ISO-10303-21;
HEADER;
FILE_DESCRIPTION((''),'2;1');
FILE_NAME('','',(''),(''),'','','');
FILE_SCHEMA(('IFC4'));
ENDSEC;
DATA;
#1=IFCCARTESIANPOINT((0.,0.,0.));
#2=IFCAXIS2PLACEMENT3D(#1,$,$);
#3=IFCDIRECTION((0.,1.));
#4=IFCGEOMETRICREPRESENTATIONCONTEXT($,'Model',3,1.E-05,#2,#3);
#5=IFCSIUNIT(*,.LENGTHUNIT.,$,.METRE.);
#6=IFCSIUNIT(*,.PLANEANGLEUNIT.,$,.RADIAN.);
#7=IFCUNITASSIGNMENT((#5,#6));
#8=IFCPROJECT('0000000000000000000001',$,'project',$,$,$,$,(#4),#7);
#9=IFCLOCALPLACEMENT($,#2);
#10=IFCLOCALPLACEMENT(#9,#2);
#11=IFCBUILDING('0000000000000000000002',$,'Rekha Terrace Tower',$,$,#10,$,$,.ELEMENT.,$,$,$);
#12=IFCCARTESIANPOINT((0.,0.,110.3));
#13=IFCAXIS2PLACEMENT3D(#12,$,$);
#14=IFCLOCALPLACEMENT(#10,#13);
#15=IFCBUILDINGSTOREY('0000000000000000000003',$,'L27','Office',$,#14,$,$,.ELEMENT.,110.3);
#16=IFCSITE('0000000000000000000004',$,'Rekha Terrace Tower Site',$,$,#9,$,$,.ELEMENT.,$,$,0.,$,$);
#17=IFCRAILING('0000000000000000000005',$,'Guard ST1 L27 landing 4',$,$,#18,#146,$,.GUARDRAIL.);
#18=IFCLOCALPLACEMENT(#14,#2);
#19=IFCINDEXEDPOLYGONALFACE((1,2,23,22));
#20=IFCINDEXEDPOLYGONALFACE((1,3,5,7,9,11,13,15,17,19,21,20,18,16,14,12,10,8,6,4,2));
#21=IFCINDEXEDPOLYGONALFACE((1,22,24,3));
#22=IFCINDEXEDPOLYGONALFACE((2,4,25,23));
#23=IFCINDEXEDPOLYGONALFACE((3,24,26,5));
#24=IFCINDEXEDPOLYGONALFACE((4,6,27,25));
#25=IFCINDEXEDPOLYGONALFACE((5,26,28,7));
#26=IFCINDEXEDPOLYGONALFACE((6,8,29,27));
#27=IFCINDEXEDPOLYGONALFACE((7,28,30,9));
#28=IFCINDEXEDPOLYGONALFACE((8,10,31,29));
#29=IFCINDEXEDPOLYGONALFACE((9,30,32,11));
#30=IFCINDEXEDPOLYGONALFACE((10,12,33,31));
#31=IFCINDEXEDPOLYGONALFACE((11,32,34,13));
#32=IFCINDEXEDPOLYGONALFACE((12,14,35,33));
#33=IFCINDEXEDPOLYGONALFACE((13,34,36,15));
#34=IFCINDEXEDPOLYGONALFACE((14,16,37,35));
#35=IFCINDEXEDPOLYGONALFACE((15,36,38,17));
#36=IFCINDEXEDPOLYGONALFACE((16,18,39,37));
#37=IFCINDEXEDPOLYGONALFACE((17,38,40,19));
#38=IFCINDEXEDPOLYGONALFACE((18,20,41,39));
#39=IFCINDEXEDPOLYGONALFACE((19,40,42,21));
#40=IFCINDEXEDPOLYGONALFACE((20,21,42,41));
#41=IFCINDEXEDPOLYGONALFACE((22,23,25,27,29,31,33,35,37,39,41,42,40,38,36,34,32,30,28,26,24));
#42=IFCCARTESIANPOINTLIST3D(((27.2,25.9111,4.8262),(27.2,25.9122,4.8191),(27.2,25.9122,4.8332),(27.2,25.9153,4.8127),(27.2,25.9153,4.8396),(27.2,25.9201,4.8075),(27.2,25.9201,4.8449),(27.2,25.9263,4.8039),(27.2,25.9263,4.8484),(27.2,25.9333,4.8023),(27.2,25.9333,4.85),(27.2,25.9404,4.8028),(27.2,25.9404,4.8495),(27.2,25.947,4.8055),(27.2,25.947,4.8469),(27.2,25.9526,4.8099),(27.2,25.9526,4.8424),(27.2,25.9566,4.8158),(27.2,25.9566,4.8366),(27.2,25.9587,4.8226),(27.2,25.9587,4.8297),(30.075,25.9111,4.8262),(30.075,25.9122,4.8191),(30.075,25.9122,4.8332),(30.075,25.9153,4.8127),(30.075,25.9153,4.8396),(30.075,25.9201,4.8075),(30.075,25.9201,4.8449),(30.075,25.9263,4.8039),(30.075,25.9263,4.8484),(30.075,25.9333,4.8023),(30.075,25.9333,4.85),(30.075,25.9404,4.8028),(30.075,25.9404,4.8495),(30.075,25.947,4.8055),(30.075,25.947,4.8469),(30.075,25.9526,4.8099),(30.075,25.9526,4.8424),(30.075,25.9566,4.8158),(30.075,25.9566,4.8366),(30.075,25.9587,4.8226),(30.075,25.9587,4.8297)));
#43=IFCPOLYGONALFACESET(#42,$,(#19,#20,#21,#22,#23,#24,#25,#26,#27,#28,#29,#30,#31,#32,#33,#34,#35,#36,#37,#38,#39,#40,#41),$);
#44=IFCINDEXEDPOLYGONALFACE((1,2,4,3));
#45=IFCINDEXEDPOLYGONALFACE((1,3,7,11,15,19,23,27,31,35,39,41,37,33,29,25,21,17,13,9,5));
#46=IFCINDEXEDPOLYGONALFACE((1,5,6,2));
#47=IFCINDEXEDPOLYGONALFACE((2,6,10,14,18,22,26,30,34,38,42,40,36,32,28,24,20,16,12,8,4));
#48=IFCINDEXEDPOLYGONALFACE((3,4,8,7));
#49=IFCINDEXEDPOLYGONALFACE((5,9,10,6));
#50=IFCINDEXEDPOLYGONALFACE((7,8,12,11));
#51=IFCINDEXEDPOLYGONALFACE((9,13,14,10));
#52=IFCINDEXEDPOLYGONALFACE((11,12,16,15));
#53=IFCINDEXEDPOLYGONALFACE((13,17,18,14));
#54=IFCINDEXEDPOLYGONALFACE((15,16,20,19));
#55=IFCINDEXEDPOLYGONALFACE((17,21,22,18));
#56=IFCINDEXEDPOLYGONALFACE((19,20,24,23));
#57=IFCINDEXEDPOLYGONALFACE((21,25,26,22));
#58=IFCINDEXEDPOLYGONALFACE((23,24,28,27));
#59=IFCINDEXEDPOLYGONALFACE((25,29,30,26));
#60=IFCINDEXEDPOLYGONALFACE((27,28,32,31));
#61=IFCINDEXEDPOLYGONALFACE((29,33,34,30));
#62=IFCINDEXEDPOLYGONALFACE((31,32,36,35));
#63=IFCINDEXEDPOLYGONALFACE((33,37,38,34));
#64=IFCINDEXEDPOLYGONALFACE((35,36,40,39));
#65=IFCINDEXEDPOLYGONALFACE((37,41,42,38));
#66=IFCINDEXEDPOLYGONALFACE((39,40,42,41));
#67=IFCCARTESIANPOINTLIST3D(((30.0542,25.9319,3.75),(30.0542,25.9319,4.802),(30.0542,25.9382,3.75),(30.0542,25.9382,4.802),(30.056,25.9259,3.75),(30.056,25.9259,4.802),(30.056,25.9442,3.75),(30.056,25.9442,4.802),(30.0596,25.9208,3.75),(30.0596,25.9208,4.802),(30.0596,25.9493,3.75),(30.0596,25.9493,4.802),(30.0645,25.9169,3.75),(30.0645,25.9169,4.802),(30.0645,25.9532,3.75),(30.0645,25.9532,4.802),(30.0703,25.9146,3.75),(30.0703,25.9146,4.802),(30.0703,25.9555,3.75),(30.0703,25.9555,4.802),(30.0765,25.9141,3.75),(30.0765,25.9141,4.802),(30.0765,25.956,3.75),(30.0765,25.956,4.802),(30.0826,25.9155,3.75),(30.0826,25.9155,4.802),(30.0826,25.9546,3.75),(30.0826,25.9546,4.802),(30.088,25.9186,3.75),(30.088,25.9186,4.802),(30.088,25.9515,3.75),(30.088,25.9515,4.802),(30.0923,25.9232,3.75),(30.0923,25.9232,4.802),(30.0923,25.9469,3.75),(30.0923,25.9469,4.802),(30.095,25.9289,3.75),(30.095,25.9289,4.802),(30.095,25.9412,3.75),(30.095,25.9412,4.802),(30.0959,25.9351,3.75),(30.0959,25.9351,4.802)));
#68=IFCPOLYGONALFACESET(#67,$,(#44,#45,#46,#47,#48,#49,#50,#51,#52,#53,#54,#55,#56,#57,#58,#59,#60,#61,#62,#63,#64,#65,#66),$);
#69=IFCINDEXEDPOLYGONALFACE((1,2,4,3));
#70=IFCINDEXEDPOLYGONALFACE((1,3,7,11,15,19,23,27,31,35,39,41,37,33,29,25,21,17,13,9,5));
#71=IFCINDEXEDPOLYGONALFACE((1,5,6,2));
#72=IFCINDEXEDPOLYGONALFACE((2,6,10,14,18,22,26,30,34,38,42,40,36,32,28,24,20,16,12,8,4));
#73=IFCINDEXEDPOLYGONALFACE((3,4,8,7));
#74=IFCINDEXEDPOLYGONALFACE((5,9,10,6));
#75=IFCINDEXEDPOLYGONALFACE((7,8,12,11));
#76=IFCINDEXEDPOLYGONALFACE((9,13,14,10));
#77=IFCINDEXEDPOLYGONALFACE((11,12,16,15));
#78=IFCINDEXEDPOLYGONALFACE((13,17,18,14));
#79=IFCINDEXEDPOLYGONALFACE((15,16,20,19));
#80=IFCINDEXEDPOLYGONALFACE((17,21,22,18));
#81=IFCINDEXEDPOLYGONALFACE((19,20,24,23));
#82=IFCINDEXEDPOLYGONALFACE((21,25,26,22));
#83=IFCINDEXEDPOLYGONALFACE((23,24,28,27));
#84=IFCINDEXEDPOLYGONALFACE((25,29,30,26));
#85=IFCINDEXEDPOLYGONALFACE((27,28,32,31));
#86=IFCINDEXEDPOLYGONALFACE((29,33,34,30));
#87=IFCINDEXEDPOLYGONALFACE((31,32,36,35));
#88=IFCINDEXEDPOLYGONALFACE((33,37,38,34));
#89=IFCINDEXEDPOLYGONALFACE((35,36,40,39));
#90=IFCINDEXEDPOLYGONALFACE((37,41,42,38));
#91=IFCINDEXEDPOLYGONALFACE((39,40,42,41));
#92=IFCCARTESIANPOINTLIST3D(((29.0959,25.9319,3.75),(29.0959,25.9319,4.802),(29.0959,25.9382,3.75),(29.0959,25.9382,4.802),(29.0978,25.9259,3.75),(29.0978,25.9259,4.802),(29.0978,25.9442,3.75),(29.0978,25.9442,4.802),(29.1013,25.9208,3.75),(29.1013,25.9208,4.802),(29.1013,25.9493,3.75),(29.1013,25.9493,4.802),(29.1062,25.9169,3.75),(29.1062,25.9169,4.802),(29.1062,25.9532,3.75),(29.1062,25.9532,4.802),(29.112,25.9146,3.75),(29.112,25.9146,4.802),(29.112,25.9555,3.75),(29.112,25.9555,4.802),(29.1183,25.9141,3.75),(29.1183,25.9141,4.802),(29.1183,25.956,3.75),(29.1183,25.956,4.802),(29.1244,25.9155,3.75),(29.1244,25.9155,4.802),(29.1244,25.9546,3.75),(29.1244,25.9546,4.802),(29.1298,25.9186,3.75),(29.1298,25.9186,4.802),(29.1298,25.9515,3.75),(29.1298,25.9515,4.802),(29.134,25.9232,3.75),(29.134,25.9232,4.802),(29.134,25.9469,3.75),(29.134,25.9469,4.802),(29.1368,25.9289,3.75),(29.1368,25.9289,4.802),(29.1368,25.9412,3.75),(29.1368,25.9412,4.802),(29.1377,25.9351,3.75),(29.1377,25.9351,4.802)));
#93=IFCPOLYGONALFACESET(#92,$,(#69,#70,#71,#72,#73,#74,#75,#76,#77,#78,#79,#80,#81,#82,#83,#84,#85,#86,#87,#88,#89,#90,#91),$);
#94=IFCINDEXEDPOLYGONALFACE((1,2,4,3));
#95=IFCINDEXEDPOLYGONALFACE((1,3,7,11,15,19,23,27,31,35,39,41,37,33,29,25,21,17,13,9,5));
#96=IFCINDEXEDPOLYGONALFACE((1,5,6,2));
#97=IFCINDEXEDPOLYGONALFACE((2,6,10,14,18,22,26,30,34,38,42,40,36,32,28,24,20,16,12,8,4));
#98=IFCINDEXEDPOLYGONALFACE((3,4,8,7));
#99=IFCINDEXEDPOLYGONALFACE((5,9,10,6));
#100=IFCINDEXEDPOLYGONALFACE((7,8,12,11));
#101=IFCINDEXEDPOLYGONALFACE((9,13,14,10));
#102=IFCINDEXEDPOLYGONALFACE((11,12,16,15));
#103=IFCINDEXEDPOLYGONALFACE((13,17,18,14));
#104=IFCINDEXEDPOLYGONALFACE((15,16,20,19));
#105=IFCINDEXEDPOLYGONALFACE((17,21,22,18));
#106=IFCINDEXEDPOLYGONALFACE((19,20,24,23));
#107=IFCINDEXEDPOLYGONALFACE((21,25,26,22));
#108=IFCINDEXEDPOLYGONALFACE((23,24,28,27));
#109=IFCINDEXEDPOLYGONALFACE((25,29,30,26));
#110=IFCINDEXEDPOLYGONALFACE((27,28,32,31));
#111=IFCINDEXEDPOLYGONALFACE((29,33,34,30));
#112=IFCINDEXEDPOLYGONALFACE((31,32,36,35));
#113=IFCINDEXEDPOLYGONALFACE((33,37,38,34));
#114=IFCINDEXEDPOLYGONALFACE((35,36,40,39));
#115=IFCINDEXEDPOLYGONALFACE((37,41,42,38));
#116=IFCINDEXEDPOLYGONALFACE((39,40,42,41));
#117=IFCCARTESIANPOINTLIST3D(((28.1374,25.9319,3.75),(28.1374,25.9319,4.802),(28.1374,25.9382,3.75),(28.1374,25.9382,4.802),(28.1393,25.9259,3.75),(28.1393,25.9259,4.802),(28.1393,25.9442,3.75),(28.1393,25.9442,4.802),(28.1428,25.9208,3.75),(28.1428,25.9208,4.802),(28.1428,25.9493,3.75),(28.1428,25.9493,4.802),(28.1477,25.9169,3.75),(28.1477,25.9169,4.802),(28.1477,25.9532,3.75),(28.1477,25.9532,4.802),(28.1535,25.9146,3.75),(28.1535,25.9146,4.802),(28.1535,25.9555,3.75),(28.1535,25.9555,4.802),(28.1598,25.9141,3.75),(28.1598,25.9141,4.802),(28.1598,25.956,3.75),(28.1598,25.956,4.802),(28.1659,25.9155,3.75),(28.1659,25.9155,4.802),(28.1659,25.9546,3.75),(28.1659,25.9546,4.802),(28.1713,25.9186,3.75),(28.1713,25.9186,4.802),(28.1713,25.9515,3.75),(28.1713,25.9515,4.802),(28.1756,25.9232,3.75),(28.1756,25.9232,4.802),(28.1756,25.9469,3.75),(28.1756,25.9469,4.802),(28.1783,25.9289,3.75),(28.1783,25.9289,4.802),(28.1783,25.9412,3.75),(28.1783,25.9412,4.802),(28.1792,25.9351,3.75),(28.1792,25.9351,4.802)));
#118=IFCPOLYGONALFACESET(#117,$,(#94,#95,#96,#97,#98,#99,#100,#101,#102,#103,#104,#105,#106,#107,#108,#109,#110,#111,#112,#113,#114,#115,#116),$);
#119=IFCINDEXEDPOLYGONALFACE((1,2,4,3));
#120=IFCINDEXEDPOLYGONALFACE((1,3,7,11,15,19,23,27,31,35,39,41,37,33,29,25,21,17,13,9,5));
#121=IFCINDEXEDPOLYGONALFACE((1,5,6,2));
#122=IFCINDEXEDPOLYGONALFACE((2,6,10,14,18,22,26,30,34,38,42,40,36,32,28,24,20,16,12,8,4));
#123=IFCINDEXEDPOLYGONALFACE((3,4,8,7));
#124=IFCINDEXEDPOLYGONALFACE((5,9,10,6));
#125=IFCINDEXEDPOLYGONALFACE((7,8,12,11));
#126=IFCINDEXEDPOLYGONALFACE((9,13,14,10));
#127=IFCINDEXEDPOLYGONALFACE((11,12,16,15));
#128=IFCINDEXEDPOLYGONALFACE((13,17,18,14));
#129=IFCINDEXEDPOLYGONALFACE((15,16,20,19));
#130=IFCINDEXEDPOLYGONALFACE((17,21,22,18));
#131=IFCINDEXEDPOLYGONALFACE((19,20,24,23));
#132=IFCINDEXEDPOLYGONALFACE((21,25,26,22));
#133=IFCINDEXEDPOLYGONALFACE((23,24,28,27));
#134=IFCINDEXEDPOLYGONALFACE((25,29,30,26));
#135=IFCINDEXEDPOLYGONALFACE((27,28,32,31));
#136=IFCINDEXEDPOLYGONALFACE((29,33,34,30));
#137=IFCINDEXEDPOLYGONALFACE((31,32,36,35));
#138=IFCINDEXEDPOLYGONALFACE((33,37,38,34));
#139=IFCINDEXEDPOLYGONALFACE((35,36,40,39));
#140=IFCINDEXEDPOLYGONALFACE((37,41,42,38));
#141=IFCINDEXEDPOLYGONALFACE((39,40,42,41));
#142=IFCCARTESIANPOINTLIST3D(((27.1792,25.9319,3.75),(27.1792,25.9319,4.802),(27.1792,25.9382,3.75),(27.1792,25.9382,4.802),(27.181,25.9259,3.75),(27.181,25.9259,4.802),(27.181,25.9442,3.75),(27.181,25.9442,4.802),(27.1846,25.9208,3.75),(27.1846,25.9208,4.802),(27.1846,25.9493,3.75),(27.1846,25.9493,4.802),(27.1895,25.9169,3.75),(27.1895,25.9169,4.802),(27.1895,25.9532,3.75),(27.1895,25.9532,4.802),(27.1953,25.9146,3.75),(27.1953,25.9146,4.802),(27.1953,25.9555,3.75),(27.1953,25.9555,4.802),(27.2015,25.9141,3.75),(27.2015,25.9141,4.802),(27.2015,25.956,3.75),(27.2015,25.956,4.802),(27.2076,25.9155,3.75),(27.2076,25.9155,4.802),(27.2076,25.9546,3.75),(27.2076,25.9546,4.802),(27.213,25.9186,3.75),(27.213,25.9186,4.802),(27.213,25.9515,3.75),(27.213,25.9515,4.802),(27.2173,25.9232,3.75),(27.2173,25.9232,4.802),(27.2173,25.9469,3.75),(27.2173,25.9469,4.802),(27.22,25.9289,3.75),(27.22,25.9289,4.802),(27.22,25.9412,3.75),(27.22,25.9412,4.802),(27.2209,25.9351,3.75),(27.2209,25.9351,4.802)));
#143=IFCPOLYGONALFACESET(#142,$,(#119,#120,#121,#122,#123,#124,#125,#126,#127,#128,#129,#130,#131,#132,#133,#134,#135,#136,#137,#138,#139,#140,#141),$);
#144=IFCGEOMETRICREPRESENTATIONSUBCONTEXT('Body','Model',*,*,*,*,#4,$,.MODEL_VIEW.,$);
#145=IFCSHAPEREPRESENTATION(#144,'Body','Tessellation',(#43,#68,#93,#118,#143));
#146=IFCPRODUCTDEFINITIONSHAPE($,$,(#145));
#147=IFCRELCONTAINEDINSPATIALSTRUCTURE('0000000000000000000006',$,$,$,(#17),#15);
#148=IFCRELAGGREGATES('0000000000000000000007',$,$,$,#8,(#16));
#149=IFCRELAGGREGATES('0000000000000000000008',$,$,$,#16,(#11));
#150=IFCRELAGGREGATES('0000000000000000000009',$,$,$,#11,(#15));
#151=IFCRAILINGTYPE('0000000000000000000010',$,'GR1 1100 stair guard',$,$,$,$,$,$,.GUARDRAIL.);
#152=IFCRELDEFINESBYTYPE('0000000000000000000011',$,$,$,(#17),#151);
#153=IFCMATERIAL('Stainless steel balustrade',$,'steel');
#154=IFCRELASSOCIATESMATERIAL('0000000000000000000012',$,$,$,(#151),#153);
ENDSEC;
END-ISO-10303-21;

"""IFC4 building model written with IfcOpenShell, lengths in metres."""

from ifc_helpers import new_model, si_unit, direction, frame, origin, origin_2d, place, context, subcontext, project, spatial, circle, extrude, material, type_object, element, save


model = new_model("IFC4")

# Units and contexts
model_context = context("Model", 3, precision=1e-05, world=origin(), true_north=direction((0.0, 1.0)))
body_context = subcontext(model_context, "Body", "Model", "MODEL_VIEW")
ifc_project = project(units=[si_unit("LENGTHUNIT", "METRE"), si_unit("PLANEANGLEUNIT", "RADIAN")], contexts=[model_context])

# Site, building, storey
site_placement = place(None, origin())
site = spatial("IfcSite", under=ifc_project, at=site_placement, Name="Rekha Terrace Tower Site", CompositionType="ELEMENT", RefElevation=0.0)
building_placement = place(site_placement, origin())
building = spatial("IfcBuilding", under=site, at=building_placement, Name="Rekha Terrace Tower", CompositionType="ELEMENT")
storey_placement = place(building_placement, frame((0.0, 0.0, 110.3)))
storey = spatial("IfcBuildingStorey", under=building, at=storey_placement, Name="L27", Description="Office", CompositionType="ELEMENT", Elevation=110.3)

# Railing
ifc_material_1 = material(Name="Stainless steel balustrade", Category="steel")
railing_type_1 = type_object("IfcRailingType", Name="GR1 1100 stair guard", PredefinedType="GUARDRAIL", material=ifc_material_1)
railing_1_placement = place(storey_placement, frame((30.075, 25.9351, 3.75)))
element("IfcRailing", 1, at=railing_1_placement, inside=storey, type_object=railing_type_1, Name="Guard ST1 L27 landing 4", PredefinedType="GUARDRAIL", context=body_context, shape_type="SweptSolid", body=[
    extrude(circle(Radius=0.0239, at=origin_2d()), frame((0.0, 0.0, 1.0762), z_axis=(-1.0, 0.0, 0.0), x_axis=(0.0, -1.0, 0.0)), (0.0, 0.0, 1.0), 2.875),
    extrude(circle(Radius=0.021, at=origin_2d()), origin(), (0.0, 0.0, 1.0), 1.052),
    extrude(circle(Radius=0.021, at=origin_2d()), frame((-0.9583, 0.0, 0.0)), (0.0, 0.0, 1.0), 1.052),
    extrude(circle(Radius=0.021, at=origin_2d()), frame((-1.9167, 0.0, 0.0)), (0.0, 0.0, 1.0), 1.052),
    extrude(circle(Radius=0.021, at=origin_2d()), frame((-2.875, 0.0, 0.0)), (0.0, 0.0, 1.0), 1.052),
])

save(model, "model.ifc")
